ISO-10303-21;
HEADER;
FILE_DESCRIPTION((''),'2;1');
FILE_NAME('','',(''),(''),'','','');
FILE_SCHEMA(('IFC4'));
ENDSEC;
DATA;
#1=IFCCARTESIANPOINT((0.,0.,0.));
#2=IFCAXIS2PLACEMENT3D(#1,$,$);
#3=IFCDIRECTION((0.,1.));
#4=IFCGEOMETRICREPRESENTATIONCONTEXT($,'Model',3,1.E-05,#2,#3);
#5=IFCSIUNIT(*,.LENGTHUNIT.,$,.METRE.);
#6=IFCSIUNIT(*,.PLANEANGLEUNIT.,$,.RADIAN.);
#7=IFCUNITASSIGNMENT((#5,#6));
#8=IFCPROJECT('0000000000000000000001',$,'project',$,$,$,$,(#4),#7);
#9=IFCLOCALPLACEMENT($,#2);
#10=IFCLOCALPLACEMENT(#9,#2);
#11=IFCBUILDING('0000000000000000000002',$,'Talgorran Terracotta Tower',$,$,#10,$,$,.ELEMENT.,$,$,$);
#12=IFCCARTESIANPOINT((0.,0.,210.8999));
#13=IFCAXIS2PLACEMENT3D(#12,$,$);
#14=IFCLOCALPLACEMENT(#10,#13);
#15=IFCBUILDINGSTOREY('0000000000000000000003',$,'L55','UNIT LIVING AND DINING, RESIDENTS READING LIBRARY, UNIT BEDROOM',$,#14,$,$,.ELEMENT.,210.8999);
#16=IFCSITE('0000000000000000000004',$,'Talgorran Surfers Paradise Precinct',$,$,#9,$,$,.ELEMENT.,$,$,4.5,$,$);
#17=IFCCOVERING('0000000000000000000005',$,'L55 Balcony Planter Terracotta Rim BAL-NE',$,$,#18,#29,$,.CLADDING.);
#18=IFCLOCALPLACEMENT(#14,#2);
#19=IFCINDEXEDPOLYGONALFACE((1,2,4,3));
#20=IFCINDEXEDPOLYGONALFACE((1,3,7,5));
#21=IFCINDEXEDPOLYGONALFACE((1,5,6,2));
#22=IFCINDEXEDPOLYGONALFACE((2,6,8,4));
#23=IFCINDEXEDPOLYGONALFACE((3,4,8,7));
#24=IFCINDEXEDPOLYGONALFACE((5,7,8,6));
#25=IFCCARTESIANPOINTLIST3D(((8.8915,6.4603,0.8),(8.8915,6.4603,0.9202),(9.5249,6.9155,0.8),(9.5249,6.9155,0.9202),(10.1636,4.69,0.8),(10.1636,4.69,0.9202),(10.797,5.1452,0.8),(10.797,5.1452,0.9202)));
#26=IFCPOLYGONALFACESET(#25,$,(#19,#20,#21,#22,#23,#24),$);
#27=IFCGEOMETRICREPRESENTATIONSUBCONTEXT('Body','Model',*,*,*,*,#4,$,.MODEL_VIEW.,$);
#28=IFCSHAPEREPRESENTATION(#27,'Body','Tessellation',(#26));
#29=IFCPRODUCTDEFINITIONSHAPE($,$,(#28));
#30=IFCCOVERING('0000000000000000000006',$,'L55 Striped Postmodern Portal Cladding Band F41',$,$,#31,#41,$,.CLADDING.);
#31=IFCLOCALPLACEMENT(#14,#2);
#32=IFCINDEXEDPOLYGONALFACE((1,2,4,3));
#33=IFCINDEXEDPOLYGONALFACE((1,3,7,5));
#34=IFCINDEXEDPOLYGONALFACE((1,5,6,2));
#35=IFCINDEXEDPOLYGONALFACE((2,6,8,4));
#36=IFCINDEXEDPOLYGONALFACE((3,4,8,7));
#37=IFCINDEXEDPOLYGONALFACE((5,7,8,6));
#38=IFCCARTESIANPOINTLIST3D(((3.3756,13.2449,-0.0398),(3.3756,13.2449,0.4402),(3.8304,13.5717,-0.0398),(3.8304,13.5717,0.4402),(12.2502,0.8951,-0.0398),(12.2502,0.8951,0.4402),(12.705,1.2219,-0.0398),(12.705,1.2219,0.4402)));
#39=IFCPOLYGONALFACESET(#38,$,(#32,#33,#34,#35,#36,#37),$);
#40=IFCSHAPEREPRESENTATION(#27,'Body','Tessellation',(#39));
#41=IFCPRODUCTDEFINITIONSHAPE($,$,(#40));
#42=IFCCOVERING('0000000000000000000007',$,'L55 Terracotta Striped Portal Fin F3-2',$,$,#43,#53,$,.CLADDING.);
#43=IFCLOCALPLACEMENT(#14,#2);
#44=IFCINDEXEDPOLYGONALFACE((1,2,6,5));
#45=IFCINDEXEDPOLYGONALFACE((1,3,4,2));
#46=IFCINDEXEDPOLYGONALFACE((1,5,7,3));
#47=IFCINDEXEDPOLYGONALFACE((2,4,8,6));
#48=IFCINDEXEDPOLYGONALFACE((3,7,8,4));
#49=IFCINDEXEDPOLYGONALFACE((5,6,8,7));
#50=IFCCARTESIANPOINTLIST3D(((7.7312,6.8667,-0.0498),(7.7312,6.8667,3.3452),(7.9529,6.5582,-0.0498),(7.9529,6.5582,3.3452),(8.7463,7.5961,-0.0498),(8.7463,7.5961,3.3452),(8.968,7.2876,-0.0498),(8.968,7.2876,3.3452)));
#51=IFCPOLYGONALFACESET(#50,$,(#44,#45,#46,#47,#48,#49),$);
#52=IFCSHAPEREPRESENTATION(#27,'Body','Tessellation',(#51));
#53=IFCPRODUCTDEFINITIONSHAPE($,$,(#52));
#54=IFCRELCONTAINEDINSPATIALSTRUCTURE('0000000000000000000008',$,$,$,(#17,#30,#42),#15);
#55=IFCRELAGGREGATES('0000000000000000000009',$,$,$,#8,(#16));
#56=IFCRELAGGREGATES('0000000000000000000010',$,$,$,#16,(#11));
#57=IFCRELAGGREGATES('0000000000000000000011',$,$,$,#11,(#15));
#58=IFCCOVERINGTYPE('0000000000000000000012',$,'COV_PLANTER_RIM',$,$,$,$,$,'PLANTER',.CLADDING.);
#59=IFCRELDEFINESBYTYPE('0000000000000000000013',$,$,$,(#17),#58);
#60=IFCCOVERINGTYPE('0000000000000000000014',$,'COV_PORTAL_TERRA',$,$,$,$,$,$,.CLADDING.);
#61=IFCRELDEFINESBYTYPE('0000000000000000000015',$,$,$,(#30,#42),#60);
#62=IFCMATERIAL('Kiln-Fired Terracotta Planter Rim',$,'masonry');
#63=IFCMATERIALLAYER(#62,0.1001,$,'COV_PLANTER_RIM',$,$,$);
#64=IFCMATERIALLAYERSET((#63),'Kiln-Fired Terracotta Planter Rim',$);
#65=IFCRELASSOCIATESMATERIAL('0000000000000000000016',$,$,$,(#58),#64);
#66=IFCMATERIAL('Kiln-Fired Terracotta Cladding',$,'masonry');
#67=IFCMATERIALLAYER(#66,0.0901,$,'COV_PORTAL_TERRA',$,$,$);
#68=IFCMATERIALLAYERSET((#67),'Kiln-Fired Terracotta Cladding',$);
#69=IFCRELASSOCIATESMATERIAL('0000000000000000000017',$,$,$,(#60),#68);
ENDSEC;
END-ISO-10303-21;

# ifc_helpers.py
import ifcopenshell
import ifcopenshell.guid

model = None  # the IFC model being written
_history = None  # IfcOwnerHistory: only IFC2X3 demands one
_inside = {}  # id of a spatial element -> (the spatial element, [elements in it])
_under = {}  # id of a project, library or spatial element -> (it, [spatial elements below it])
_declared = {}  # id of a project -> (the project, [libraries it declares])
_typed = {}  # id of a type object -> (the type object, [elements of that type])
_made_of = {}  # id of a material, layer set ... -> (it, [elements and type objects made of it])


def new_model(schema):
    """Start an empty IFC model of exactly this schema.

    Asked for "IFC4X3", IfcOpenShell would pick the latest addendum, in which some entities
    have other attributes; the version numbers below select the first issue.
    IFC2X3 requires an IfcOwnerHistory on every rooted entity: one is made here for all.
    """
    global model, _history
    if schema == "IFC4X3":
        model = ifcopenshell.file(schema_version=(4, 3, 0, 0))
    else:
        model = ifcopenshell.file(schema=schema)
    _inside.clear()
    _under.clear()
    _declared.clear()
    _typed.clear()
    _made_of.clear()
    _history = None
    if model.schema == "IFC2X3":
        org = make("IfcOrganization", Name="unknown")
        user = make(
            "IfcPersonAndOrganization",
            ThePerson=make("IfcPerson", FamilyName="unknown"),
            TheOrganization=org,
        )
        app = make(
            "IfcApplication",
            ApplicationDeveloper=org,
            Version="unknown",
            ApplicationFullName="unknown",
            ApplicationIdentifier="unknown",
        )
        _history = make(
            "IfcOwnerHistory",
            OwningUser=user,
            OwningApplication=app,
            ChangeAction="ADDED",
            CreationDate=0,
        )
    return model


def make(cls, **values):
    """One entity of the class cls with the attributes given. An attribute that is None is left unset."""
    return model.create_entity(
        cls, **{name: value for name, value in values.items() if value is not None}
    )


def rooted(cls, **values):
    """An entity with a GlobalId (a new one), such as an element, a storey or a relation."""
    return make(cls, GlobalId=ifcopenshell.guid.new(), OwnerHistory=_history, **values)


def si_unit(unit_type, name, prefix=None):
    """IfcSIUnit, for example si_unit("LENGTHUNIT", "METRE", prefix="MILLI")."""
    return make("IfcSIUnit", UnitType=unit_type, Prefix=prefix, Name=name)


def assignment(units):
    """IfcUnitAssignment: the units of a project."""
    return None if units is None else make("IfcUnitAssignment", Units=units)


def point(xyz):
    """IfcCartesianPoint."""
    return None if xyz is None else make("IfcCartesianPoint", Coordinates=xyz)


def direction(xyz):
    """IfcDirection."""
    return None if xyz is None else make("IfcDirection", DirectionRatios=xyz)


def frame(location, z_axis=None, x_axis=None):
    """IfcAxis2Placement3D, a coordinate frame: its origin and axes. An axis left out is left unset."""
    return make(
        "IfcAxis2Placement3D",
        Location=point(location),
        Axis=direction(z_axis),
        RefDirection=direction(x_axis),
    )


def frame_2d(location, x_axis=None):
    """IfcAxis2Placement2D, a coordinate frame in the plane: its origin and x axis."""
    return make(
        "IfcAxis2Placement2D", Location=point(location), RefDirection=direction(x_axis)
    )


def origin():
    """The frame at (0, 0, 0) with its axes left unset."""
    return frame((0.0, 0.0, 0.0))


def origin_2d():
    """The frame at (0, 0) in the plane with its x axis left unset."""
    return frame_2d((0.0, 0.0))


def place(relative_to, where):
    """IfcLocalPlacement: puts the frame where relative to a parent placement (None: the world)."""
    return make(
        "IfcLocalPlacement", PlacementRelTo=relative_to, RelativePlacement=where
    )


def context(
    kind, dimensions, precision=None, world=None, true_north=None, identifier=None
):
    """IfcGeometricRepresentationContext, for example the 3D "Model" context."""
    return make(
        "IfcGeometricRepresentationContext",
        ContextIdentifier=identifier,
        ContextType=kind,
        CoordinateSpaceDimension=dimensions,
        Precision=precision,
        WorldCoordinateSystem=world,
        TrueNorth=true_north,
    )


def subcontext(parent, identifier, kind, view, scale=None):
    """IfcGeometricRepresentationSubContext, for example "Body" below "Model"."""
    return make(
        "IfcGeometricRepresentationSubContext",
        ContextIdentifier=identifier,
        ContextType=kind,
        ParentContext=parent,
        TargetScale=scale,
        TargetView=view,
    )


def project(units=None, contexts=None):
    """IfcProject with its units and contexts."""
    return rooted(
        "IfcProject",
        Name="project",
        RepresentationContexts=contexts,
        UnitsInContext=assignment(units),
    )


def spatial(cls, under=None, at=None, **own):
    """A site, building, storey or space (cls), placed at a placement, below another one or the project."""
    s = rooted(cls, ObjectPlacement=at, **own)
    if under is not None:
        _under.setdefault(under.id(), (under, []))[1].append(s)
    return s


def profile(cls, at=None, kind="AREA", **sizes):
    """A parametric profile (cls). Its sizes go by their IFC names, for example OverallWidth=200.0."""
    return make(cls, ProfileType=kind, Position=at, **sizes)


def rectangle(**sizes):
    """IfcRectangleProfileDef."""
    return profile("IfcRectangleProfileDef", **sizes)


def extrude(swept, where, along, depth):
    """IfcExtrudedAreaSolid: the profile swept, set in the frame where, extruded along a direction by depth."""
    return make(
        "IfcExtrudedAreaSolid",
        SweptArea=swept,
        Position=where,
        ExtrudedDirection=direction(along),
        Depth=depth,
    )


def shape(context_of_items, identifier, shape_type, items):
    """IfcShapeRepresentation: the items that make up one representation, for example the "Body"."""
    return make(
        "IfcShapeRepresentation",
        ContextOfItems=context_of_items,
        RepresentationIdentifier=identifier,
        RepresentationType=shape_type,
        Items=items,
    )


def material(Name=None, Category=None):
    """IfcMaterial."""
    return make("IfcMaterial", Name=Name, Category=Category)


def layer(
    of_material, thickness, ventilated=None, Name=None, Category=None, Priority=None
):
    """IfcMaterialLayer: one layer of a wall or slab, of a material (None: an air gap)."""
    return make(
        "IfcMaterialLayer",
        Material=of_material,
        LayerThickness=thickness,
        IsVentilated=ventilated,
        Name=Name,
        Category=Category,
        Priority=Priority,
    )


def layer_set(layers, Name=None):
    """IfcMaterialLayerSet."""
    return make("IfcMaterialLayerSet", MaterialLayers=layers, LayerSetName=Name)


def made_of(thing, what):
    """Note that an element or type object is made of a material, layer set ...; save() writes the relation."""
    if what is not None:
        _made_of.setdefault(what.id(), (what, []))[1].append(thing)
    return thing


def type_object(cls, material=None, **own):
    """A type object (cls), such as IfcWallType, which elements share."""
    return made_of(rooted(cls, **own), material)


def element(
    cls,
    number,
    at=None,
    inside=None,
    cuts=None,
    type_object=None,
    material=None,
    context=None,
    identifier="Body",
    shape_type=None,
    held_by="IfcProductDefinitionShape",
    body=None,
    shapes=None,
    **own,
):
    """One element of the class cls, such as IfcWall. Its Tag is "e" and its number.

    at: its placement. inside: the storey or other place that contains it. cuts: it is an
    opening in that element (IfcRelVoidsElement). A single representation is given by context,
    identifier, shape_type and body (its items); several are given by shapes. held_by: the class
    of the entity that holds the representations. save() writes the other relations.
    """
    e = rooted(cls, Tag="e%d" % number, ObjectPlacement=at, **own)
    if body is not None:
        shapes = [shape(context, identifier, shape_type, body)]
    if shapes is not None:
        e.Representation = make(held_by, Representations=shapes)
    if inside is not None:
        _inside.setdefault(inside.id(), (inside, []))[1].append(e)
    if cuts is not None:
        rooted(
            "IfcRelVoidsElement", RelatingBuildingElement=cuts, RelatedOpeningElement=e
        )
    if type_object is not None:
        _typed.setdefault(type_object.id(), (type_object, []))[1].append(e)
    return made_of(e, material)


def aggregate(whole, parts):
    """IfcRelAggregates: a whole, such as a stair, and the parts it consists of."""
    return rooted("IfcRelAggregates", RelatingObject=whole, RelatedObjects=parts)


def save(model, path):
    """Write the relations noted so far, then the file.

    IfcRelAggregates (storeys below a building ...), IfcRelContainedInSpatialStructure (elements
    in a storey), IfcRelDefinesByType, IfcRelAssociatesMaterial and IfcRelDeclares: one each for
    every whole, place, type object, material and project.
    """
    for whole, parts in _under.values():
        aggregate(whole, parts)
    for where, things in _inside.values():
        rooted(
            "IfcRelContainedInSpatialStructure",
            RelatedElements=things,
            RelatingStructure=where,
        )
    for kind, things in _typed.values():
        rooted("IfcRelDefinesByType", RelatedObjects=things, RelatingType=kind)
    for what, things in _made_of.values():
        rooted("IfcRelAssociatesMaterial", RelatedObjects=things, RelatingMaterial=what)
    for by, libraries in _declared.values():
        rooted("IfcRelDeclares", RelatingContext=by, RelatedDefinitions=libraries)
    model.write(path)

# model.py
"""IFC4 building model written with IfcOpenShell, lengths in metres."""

from ifc_helpers import new_model, si_unit, direction, frame, origin, origin_2d, place, context, subcontext, project, spatial, rectangle, extrude, material, layer, layer_set, type_object, element, save


model = new_model("IFC4")

# Units and contexts
model_context = context("Model", 3, precision=1e-05, world=origin(), true_north=direction((0.0, 1.0)))
body_context = subcontext(model_context, "Body", "Model", "MODEL_VIEW")
ifc_project = project(units=[si_unit("LENGTHUNIT", "METRE"), si_unit("PLANEANGLEUNIT", "RADIAN")], contexts=[model_context])

# Site, building, storey
site_placement = place(None, origin())
site = spatial("IfcSite", under=ifc_project, at=site_placement, Name="Talgorran Surfers Paradise Precinct", CompositionType="ELEMENT", RefElevation=4.5)
building_placement = place(site_placement, origin())
building = spatial("IfcBuilding", under=site, at=building_placement, Name="Talgorran Terracotta Tower", CompositionType="ELEMENT")
storey_placement = place(building_placement, frame((0.0, 0.0, 210.8999)))
storey = spatial("IfcBuildingStorey", under=building, at=storey_placement, Name="L55", Description="UNIT LIVING AND DINING, RESIDENTS READING LIBRARY, UNIT BEDROOM", CompositionType="ELEMENT", Elevation=210.8999)

# Coverings
ifc_material_1 = material(Name="Kiln-Fired Terracotta Planter Rim", Category="masonry")
ifc_layer_1 = layer(ifc_material_1, 0.1001, Name="COV_PLANTER_RIM")
ifc_layer_set_1 = layer_set([ifc_layer_1], Name="Kiln-Fired Terracotta Planter Rim")
covering_type_1 = type_object("IfcCoveringType", Name="COV_PLANTER_RIM", ElementType="PLANTER", PredefinedType="CLADDING", material=ifc_layer_set_1)
covering_1_placement = place(storey_placement, frame((9.8442, 5.8027, 0.8), z_axis=(0.0, 0.0, 1.0), x_axis=(-0.583555, 0.812073, 0.0)))
element("IfcCovering", 1, at=covering_1_placement, inside=storey, type_object=covering_type_1, Name="L55 Balcony Planter Terracotta Rim BAL-NE", PredefinedType="CLADDING", context=body_context, shape_type="SweptSolid", body=[
    extrude(rectangle(XDim=2.1799, YDim=0.78, at=origin_2d()), origin(), (0.0, 0.0, 1.0), 0.1201),
])
ifc_material_2 = material(Name="Kiln-Fired Terracotta Cladding", Category="masonry")
ifc_layer_2 = layer(ifc_material_2, 0.0901, Name="COV_PORTAL_TERRA")
ifc_layer_set_2 = layer_set([ifc_layer_2], Name="Kiln-Fired Terracotta Cladding")
covering_type_2 = type_object("IfcCoveringType", Name="COV_PORTAL_TERRA", PredefinedType="CLADDING", material=ifc_layer_set_2)
covering_2_placement = place(storey_placement, frame((8.0403, 7.2334, -0.0398), z_axis=(0.0, 0.0, 1.0), x_axis=(-0.583555, 0.812073, 0.0)))
element("IfcCovering", 2, at=covering_2_placement, inside=storey, type_object=covering_type_2, Name="L55 Striped Postmodern Portal Cladding Band F41", PredefinedType="CLADDING", context=body_context, shape_type="SweptSolid", body=[
    extrude(rectangle(XDim=15.2078, YDim=0.5601, at=origin_2d()), origin(), (0.0, 0.0, 1.0), 0.48),
])
covering_3_placement = place(storey_placement, frame((8.3496, 7.0771, -0.0498), z_axis=(0.0, 0.0, 1.0), x_axis=(-0.583555, 0.812073, 0.0)))
element("IfcCovering", 3, at=covering_3_placement, inside=storey, type_object=covering_type_2, Name="L55 Terracotta Striped Portal Fin F3-2", PredefinedType="CLADDING", context=body_context, shape_type="SweptSolid", body=[
    extrude(rectangle(XDim=0.3799, YDim=1.25, at=origin_2d()), origin(), (0.0, 0.0, 1.0), 3.395),
])

save(model, "model.ifc")
